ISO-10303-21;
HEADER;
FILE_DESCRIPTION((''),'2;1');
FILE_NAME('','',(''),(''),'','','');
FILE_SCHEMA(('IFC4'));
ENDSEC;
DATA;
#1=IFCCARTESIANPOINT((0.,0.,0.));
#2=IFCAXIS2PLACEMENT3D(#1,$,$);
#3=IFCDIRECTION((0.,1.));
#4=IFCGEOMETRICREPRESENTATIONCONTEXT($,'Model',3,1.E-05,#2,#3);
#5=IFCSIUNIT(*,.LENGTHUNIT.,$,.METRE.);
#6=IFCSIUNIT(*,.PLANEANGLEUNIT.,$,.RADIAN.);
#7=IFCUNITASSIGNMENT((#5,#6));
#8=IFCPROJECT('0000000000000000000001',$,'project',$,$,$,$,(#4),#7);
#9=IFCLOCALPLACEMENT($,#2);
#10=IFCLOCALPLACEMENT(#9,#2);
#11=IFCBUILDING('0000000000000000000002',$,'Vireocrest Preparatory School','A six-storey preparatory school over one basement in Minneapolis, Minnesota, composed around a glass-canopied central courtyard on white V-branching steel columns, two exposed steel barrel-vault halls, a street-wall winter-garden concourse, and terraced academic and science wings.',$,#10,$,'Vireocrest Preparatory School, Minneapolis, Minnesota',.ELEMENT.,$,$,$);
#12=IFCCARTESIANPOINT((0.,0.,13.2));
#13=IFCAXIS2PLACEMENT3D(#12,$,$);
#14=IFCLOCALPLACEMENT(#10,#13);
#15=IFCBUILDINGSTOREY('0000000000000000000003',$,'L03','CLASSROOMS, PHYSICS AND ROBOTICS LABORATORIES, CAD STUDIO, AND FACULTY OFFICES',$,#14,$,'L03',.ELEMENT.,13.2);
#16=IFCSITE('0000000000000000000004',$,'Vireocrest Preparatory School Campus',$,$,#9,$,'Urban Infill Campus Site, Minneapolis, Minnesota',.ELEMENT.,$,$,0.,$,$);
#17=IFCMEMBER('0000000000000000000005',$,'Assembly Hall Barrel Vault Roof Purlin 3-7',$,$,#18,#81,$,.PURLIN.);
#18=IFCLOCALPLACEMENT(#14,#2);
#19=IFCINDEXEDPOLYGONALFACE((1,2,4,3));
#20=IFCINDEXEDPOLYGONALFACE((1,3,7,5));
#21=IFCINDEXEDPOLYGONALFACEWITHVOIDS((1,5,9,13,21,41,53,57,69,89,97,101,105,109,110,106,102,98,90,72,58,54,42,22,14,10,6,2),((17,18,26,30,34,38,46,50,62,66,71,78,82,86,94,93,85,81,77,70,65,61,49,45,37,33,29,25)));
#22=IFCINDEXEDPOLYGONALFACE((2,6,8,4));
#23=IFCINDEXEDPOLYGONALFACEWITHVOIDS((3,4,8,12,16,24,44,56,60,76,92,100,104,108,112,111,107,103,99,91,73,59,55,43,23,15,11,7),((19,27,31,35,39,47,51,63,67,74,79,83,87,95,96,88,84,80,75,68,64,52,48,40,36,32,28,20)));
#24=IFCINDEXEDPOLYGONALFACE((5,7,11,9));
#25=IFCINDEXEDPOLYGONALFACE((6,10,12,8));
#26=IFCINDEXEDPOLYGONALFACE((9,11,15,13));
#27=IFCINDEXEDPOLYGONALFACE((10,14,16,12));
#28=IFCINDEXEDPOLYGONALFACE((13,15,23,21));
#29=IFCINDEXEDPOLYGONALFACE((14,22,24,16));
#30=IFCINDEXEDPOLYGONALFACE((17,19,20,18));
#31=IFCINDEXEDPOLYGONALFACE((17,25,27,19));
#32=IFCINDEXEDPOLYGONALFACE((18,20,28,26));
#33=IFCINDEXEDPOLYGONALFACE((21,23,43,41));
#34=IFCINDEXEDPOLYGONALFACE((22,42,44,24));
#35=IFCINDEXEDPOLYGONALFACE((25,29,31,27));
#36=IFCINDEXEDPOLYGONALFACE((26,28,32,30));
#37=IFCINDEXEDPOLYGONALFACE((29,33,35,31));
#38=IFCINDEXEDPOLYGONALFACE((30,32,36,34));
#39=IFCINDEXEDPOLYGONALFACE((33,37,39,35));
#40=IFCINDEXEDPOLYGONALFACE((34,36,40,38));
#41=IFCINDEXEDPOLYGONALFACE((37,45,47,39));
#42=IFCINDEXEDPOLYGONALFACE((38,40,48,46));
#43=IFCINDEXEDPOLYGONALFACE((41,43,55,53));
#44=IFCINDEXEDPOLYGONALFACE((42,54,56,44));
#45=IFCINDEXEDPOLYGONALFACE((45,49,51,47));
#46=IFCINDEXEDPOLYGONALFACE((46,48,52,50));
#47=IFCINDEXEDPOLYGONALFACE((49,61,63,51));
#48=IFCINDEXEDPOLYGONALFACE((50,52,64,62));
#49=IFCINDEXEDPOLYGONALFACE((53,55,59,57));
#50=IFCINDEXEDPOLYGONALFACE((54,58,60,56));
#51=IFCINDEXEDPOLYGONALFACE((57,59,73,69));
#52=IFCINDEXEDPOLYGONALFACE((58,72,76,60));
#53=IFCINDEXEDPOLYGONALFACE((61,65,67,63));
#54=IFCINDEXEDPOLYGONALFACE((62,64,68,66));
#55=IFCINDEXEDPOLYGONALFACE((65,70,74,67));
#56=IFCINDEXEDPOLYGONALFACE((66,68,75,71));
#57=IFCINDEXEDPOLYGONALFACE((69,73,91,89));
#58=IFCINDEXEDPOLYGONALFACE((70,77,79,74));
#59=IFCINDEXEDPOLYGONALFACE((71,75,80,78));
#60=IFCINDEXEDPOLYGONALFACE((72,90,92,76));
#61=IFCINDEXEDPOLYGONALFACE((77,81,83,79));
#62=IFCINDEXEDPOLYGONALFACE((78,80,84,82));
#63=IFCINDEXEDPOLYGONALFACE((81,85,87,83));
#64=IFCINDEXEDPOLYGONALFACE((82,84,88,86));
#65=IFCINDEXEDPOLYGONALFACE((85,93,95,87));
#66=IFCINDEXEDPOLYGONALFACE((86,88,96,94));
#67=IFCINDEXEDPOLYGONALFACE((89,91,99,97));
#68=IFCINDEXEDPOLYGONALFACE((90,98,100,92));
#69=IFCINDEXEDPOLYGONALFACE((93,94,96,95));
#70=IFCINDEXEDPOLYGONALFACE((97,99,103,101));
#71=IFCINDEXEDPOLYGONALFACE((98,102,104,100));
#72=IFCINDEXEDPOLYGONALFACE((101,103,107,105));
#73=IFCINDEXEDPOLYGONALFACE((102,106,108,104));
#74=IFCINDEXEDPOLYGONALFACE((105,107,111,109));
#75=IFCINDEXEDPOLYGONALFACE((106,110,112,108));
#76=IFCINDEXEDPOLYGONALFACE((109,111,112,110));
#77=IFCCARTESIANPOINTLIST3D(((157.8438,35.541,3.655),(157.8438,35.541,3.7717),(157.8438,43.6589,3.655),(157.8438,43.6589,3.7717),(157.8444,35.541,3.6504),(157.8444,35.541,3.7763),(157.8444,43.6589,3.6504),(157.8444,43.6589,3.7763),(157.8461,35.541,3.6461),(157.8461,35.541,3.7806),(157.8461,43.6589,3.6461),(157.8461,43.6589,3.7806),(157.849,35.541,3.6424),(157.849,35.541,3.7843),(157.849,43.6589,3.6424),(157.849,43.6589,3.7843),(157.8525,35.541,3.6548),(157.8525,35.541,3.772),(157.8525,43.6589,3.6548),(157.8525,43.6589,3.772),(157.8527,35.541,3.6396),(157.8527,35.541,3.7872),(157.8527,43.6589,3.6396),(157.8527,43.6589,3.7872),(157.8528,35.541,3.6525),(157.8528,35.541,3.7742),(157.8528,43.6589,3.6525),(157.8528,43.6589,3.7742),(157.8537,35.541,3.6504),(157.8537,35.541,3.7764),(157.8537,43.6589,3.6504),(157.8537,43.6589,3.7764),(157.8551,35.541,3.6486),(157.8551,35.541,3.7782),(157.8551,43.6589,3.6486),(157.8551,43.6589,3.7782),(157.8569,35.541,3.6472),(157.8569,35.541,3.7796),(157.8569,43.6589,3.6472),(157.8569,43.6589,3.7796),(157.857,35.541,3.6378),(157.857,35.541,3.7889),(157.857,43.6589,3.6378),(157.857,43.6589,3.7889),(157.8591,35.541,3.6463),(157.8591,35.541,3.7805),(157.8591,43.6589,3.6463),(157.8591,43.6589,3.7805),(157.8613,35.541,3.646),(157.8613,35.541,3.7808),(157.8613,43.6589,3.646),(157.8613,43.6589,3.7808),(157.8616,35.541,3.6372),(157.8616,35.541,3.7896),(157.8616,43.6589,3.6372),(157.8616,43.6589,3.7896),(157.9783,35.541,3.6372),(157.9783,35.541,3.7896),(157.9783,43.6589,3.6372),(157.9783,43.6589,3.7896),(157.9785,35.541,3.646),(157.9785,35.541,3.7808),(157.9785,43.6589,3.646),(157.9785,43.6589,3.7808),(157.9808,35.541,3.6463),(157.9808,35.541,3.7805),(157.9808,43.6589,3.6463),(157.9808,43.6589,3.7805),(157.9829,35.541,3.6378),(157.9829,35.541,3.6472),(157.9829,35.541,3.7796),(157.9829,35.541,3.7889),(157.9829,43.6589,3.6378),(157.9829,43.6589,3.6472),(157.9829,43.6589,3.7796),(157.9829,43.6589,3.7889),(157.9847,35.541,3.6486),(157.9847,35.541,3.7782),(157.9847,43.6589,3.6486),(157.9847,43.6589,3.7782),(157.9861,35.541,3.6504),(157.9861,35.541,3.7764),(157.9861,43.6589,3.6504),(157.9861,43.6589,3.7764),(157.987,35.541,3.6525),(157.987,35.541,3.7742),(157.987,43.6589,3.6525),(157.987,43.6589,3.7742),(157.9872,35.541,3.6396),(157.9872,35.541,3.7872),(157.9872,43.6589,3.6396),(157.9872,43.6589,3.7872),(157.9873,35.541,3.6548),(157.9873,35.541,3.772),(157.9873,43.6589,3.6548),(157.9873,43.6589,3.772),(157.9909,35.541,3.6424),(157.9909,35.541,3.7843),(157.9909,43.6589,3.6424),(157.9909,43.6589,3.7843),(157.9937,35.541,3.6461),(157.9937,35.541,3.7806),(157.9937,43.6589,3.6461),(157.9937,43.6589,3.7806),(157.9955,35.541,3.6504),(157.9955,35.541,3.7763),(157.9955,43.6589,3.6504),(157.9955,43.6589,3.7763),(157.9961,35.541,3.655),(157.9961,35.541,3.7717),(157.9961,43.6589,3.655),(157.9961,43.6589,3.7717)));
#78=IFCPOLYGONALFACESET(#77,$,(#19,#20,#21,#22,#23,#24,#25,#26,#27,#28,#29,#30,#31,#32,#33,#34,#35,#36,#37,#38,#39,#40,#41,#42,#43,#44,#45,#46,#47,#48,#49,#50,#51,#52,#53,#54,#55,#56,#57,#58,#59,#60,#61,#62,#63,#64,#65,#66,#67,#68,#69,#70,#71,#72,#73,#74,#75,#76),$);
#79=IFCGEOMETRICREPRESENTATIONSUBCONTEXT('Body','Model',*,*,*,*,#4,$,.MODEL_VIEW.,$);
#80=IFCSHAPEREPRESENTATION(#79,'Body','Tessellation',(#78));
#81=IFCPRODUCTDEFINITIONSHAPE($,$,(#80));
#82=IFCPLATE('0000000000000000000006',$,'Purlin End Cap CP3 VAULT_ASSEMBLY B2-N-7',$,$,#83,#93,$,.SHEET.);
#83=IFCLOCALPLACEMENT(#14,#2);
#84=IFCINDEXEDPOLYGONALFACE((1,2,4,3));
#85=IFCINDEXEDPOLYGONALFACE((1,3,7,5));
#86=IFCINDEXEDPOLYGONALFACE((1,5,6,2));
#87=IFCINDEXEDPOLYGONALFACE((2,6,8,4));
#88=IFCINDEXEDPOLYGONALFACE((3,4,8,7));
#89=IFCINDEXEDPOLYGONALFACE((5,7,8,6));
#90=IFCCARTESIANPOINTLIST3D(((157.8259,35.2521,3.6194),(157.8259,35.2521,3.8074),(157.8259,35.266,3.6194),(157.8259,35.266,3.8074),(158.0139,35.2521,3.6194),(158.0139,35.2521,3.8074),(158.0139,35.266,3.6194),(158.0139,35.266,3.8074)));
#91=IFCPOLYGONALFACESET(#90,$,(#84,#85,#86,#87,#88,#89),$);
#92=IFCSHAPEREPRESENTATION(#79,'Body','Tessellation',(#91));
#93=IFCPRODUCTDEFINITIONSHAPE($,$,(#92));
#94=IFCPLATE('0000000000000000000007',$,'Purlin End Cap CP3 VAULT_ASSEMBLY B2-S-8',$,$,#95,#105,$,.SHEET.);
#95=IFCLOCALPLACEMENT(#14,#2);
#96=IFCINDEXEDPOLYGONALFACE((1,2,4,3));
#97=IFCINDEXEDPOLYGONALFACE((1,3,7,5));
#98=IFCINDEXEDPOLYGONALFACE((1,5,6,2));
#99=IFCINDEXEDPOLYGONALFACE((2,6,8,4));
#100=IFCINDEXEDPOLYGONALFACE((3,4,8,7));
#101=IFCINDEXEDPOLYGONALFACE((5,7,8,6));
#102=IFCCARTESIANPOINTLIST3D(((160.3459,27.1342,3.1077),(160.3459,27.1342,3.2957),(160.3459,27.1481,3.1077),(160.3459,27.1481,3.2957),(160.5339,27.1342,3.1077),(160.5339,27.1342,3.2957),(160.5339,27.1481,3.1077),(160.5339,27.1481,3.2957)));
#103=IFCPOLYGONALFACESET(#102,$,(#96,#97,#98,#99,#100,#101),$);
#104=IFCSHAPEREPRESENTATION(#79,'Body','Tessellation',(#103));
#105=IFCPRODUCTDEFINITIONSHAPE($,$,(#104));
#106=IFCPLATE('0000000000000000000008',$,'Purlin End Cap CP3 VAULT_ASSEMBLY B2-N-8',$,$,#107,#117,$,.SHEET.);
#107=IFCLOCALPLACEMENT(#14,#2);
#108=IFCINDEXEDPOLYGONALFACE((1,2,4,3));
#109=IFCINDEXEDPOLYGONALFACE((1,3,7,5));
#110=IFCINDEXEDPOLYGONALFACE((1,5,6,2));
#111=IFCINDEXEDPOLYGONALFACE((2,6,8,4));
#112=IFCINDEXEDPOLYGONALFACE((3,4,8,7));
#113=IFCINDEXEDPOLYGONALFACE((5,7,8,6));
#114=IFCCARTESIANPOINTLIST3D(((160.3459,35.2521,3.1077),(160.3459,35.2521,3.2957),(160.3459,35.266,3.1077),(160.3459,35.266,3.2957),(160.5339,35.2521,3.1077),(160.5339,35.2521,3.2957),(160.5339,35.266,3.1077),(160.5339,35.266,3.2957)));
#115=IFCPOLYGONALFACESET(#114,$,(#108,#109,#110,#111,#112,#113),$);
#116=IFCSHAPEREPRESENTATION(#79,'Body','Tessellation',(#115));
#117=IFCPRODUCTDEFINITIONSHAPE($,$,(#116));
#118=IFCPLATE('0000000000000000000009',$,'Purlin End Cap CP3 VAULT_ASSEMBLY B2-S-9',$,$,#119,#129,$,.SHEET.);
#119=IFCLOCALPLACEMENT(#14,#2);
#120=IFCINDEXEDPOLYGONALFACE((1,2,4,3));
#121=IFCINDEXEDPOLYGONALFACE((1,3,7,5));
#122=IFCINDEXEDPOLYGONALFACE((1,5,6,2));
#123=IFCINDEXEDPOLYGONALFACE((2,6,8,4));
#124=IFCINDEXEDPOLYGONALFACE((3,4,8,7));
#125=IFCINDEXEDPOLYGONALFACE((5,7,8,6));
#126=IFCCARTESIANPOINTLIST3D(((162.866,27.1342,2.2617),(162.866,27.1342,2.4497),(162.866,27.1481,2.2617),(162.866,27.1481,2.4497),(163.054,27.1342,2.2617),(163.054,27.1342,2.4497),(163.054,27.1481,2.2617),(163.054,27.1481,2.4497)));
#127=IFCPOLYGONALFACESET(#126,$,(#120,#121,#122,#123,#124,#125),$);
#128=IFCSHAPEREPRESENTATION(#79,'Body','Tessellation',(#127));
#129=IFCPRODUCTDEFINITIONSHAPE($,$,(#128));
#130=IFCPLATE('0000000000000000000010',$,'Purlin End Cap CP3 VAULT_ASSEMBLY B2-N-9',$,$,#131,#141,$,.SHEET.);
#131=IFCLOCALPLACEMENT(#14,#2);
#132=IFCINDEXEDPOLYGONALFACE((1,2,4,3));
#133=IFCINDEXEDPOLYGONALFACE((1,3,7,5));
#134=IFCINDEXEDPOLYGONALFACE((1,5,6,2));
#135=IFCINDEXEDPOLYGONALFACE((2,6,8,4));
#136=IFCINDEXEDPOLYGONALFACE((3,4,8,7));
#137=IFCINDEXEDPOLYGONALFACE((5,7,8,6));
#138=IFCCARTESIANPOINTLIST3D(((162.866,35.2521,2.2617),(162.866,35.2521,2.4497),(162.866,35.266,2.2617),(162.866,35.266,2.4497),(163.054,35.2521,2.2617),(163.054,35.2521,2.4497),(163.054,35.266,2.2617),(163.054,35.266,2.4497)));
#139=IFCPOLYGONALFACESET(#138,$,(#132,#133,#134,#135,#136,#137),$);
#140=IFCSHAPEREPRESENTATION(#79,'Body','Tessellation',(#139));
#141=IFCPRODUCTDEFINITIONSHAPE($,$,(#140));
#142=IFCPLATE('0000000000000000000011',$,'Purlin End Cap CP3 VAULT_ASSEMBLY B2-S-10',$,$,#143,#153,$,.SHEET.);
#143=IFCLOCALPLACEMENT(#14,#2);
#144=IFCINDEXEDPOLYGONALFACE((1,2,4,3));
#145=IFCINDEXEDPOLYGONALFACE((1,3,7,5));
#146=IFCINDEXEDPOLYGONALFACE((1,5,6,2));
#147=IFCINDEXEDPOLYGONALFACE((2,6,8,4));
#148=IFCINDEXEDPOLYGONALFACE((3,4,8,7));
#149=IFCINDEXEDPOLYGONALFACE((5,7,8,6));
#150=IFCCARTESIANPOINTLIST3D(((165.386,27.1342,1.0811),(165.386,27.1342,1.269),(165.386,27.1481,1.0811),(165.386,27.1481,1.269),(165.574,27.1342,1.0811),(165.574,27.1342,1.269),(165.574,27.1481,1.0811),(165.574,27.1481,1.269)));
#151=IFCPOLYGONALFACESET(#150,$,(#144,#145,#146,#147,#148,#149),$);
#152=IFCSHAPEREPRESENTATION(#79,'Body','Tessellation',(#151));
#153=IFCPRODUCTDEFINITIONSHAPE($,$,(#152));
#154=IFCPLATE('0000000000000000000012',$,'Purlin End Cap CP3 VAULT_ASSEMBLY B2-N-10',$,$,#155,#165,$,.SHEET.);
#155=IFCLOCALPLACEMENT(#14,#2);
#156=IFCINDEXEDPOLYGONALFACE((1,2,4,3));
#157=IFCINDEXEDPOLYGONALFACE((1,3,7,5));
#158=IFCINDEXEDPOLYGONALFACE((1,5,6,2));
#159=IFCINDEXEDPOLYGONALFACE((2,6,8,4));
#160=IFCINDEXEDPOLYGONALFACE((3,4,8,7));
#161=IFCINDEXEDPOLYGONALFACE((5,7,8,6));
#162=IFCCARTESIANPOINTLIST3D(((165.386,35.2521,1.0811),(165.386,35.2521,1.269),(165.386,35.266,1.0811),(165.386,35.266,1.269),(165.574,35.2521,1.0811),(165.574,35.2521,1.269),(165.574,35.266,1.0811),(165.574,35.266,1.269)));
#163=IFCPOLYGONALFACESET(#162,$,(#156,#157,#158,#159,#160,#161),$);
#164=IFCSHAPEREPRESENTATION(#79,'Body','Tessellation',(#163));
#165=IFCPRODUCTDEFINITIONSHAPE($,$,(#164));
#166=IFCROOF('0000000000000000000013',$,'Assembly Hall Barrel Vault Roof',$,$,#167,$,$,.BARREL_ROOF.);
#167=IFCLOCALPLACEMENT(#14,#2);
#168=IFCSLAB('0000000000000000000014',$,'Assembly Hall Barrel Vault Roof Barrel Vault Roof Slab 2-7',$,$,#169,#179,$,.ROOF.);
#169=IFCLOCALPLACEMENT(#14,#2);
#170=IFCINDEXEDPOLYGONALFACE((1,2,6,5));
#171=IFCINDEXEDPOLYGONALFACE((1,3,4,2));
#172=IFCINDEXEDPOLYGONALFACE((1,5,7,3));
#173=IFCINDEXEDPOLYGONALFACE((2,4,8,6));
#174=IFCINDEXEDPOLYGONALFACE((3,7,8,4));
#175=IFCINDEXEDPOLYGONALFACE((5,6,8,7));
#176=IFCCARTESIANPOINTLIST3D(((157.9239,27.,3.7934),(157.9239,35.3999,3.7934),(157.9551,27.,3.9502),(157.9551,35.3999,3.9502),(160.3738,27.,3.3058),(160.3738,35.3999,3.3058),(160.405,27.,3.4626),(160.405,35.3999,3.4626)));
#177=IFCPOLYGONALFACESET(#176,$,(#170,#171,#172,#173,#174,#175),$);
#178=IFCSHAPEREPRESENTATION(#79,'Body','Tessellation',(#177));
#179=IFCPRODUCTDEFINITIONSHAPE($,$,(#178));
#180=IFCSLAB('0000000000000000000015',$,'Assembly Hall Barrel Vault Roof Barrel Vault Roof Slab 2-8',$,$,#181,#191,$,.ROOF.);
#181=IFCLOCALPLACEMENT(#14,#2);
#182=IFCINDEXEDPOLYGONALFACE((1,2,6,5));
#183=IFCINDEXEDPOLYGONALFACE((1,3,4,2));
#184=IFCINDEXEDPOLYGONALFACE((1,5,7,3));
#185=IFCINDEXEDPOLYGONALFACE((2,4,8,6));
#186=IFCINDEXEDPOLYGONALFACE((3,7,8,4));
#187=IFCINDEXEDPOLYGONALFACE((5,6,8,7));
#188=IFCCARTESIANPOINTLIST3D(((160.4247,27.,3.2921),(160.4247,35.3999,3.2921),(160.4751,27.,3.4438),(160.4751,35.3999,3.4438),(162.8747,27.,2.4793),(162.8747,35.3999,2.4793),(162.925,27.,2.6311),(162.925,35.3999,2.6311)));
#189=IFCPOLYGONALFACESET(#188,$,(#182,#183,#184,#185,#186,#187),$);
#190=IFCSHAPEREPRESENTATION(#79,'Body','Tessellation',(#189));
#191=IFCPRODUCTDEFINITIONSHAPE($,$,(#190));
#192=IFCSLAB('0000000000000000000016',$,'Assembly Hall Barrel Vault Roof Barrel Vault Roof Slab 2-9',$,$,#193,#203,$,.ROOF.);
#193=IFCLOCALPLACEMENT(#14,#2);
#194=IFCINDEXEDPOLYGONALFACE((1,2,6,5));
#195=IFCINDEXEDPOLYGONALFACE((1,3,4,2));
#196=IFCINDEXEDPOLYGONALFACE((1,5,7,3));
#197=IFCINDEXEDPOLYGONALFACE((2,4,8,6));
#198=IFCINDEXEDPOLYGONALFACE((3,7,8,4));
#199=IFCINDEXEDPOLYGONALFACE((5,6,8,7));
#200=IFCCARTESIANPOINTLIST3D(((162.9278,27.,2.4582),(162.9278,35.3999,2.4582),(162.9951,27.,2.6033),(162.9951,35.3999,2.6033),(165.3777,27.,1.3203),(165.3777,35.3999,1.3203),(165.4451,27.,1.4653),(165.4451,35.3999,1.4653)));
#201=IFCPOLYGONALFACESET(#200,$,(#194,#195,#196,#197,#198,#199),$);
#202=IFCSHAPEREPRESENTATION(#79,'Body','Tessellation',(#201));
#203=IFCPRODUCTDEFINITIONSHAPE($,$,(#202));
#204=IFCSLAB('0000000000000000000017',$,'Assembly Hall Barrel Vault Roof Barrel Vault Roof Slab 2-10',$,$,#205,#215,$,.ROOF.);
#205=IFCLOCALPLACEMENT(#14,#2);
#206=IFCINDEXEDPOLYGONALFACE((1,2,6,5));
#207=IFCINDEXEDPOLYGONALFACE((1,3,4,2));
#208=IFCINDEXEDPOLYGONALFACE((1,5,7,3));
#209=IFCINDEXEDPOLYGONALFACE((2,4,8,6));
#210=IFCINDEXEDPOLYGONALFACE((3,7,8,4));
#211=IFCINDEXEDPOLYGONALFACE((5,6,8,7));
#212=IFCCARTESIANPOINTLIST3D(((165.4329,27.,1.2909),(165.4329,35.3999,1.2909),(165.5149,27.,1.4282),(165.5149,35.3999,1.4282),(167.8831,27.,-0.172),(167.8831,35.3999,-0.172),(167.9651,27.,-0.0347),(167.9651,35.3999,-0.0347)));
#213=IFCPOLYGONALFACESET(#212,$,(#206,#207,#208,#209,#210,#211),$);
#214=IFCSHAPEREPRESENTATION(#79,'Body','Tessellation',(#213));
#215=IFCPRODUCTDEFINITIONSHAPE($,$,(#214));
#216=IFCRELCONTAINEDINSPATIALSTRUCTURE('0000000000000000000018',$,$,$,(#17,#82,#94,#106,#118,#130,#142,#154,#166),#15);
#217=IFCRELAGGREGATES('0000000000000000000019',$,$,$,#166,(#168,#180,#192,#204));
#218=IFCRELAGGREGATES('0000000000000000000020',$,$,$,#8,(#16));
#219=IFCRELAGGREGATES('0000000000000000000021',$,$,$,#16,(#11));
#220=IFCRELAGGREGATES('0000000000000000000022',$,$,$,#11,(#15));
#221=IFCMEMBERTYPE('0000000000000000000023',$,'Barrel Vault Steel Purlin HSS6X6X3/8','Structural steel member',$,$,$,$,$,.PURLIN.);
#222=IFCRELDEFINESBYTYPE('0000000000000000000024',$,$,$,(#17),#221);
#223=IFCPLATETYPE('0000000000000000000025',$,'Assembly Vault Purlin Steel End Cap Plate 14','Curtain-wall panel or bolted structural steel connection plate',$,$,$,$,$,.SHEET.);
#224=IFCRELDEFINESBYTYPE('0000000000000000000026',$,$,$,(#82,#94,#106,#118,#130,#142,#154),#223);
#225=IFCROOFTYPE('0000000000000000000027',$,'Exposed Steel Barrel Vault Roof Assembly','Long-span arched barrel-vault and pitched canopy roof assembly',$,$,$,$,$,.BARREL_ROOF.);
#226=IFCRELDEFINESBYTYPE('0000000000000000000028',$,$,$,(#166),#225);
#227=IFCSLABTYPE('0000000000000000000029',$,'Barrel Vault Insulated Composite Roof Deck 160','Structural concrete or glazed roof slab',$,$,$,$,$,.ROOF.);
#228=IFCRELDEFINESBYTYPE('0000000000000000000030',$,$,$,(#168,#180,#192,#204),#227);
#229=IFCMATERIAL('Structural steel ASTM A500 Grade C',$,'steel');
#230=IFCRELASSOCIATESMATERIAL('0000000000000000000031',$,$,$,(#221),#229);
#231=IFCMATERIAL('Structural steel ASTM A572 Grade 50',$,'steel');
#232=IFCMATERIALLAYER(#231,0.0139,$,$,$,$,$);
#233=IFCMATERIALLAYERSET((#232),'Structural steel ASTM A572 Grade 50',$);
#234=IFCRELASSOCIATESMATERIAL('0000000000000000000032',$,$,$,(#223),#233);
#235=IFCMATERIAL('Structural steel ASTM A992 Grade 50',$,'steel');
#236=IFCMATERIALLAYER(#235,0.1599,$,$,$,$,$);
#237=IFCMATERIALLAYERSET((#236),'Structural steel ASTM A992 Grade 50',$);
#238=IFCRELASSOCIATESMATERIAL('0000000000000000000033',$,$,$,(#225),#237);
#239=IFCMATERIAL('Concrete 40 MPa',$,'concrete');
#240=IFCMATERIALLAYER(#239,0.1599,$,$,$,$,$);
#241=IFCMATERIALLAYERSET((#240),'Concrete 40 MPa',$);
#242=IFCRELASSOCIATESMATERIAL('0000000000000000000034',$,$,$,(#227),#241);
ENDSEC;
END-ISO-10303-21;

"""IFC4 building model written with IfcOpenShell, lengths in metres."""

from ifc_helpers import new_model, si_unit, direction, frame, origin, origin_2d, place, context, subcontext, project, spatial, polyline, rectangle, hollow_rectangle, outline, extrude, material, layer, layer_set, material_profile, profile_set, type_object, element, aggregate, save


model = new_model("IFC4")

# Units and contexts
model_context = context("Model", 3, precision=1e-05, world=origin(), true_north=direction((0.0, 1.0)))
body_context = subcontext(model_context, "Body", "Model", "MODEL_VIEW")
ifc_project = project(units=[si_unit("LENGTHUNIT", "METRE"), si_unit("PLANEANGLEUNIT", "RADIAN")], contexts=[model_context])

# Site, building, storey
site_placement = place(None, origin())
site = spatial("IfcSite", under=ifc_project, at=site_placement, Name="Vireocrest Preparatory School Campus", LongName="Urban Infill Campus Site, Minneapolis, Minnesota", CompositionType="ELEMENT", RefElevation=0.0)
building_placement = place(site_placement, origin())
building = spatial("IfcBuilding", under=site, at=building_placement, Name="Vireocrest Preparatory School", Description="A six-storey preparatory school over one basement in Minneapolis, Minnesota, composed around a glass-canopied central courtyard on white V-branching steel columns, two exposed steel barrel-vault halls, a street-wall winter-garden concourse, and terraced academic and science wings.", LongName="Vireocrest Preparatory School, Minneapolis, Minnesota", CompositionType="ELEMENT")
storey_placement = place(building_placement, frame((0.0, 0.0, 13.2)))
storey = spatial("IfcBuildingStorey", under=building, at=storey_placement, Name="L03", Description="CLASSROOMS, PHYSICS AND ROBOTICS LABORATORIES, CAD STUDIO, AND FACULTY OFFICES", LongName="L03", CompositionType="ELEMENT", Elevation=13.2)

# Shared definitions
ifc_material_1 = material(Name="Structural steel ASTM A992 Grade 50", Category="steel")

# Member
ifc_material_2 = material(Name="Structural steel ASTM A500 Grade C", Category="steel")
ifc_material_profile_1 = material_profile(ifc_material_2, hollow_rectangle(XDim=0.1523, YDim=0.1523, WallThickness=0.0088, InnerFilletRadius=0.0088, OuterFilletRadius=0.0178, at=origin_2d()), Name="HSS6X6X3/8")
ifc_profile_set_1 = profile_set([ifc_material_profile_1], Name="Structural steel ASTM A500 Grade C")
member_type = type_object("IfcMemberType", Name="Barrel Vault Steel Purlin HSS6X6X3/8", Description="Structural steel member", PredefinedType="PURLIN", material=ifc_profile_set_1)
for number, where, z_axis, x_axis, name in (
    (1, (157.9199, 35.541, 3.7134), (0.0, 1.0, 0.0), (-1.0, 0.0, 0.0), "Assembly Hall Barrel Vault Roof Purlin 3-7"),
):
    element("IfcMember", number, at=place(storey_placement, frame(where, z_axis=z_axis, x_axis=x_axis)), inside=storey, type_object=member_type, Name=name, PredefinedType="PURLIN", context=body_context, shape_type="SweptSolid", body=[
        extrude(hollow_rectangle(XDim=0.1523, YDim=0.1523, WallThickness=0.0088, InnerFilletRadius=0.0088, OuterFilletRadius=0.0178, at=origin_2d()), origin(), (0.0, 0.0, 1.0), 8.1179),
    ])

# Plates
ifc_material_3 = material(Name="Structural steel ASTM A572 Grade 50", Category="steel")
ifc_layer_1 = layer(ifc_material_3, 0.0139)
ifc_layer_set_1 = layer_set([ifc_layer_1], Name="Structural steel ASTM A572 Grade 50")
plate_type_1 = type_object("IfcPlateType", Name="Assembly Vault Purlin Steel End Cap Plate 14", Description="Curtain-wall panel or bolted structural steel connection plate", PredefinedType="SHEET", material=ifc_layer_set_1)
for number, where, z_axis, x_axis, name in (
    (2, (157.9199, 35.259, 3.6194), (0.0, 0.0, 1.0), (1.0, 0.0, 0.0), "Purlin End Cap CP3 VAULT_ASSEMBLY B2-N-7"),
    (3, (160.4399, 27.1411, 3.1077), (0.0, 0.0, 1.0), (1.0, 0.0, 0.0), "Purlin End Cap CP3 VAULT_ASSEMBLY B2-S-8"),
    (4, (160.4399, 35.259, 3.1077), (0.0, 0.0, 1.0), (1.0, 0.0, 0.0), "Purlin End Cap CP3 VAULT_ASSEMBLY B2-N-8"),
    (5, (162.96, 27.1411, 2.2617), (0.0, 0.0, 1.0), (1.0, 0.0, 0.0), "Purlin End Cap CP3 VAULT_ASSEMBLY B2-S-9"),
    (6, (162.96, 35.259, 2.2617), (0.0, 0.0, 1.0), (1.0, 0.0, 0.0), "Purlin End Cap CP3 VAULT_ASSEMBLY B2-N-9"),
    (7, (165.48, 27.1411, 1.0811), (0.0, 0.0, 1.0), (1.0, 0.0, 0.0), "Purlin End Cap CP3 VAULT_ASSEMBLY B2-S-10"),
    (8, (165.48, 35.259, 1.0811), (0.0, 0.0, 1.0), (1.0, 0.0, 0.0), "Purlin End Cap CP3 VAULT_ASSEMBLY B2-N-10"),
):
    element("IfcPlate", number, at=place(storey_placement, frame(where, z_axis=z_axis, x_axis=x_axis)), inside=storey, type_object=plate_type_1, Name=name, PredefinedType="SHEET", context=body_context, shape_type="SweptSolid", body=[
        extrude(rectangle(XDim=0.188, YDim=0.0139, at=origin_2d()), origin(), (0.0, 0.0, 1.0), 0.188),
    ])

# Roof, slabs
ifc_layer_2 = layer(ifc_material_1, 0.1599)
ifc_layer_set_2 = layer_set([ifc_layer_2], Name="Structural steel ASTM A992 Grade 50")
roof_type = type_object("IfcRoofType", Name="Exposed Steel Barrel Vault Roof Assembly", Description="Long-span arched barrel-vault and pitched canopy roof assembly", PredefinedType="BARREL_ROOF", material=ifc_layer_set_2)
roof_placement = place(storey_placement, origin())
roof = element("IfcRoof", 9, at=roof_placement, inside=storey, type_object=roof_type, Name="Assembly Hall Barrel Vault Roof", PredefinedType="BARREL_ROOF")
ifc_material_4 = material(Name="Concrete 40 MPa", Category="concrete")
ifc_layer_3 = layer(ifc_material_4, 0.1599)
ifc_layer_set_3 = layer_set([ifc_layer_3], Name="Concrete 40 MPa")
slab_type = type_object("IfcSlabType", Name="Barrel Vault Insulated Composite Roof Deck 160", Description="Structural concrete or glazed roof slab", PredefinedType="ROOF", material=ifc_layer_set_3)
slab_1_placement = place(storey_placement, frame((157.9551, 27.0, 3.9502), z_axis=(0.195176, 0.0, 0.980768), x_axis=(0.980768, 0.0, -0.195176)))
slab_1 = element("IfcSlab", 10, at=slab_1_placement, type_object=slab_type, Name="Assembly Hall Barrel Vault Roof Barrel Vault Roof Slab 2-7", PredefinedType="ROOF", context=body_context, shape_type="SweptSolid", body=[
    extrude(outline(polyline([(0.0, 0.0), (2.498, 0.0), (2.498, 8.3999), (0.0, 8.3999), (0.0, 0.0)])), origin(), (0.0, 0.0, -1.0), 0.1599),
])
slab_2_placement = place(storey_placement, frame((160.4751, 27.0, 3.4438), z_axis=(0.314865, 0.0, 0.949136), x_axis=(0.949136, 0.0, -0.314865)))
slab_2 = element("IfcSlab", 11, at=slab_2_placement, type_object=slab_type, Name="Assembly Hall Barrel Vault Roof Barrel Vault Roof Slab 2-8", PredefinedType="ROOF", context=body_context, shape_type="SweptSolid", body=[
    extrude(outline(polyline([(0.0, 0.0), (2.5812, 0.0), (2.5812, 8.3999), (0.0, 8.3999), (0.0, 0.0)])), origin(), (0.0, 0.0, -1.0), 0.1599),
])
slab_3_placement = place(storey_placement, frame((162.9951, 27.0, 2.6033), z_axis=(0.421252, 0.0, 0.906944), x_axis=(0.906944, 0.0, -0.421252)))
slab_3 = element("IfcSlab", 12, at=slab_3_placement, type_object=slab_type, Name="Assembly Hall Barrel Vault Roof Barrel Vault Roof Slab 2-9", PredefinedType="ROOF", context=body_context, shape_type="SweptSolid", body=[
    extrude(outline(polyline([(0.0, 0.0), (2.7013, 0.0), (2.7013, 8.3999), (0.0, 8.3999), (0.0, 0.0)])), origin(), (0.0, 0.0, -1.0), 0.1599),
])
slab_4_placement = place(storey_placement, frame((165.5149, 27.0, 1.4282), z_axis=(0.512633, 0.0, 0.858608), x_axis=(0.858608, 0.0, -0.512633)))
slab_4 = element("IfcSlab", 13, at=slab_4_placement, type_object=slab_type, Name="Assembly Hall Barrel Vault Roof Barrel Vault Roof Slab 2-10", PredefinedType="ROOF", context=body_context, shape_type="SweptSolid", body=[
    extrude(outline(polyline([(0.0, 0.0), (2.8537, 0.0), (2.8537, 8.3999), (0.0, 8.3999), (0.0, 0.0)])), origin(), (0.0, 0.0, -1.0), 0.1599),
])
aggregate(roof, [slab_1, slab_2, slab_3, slab_4])

save(model, "model.ifc")
